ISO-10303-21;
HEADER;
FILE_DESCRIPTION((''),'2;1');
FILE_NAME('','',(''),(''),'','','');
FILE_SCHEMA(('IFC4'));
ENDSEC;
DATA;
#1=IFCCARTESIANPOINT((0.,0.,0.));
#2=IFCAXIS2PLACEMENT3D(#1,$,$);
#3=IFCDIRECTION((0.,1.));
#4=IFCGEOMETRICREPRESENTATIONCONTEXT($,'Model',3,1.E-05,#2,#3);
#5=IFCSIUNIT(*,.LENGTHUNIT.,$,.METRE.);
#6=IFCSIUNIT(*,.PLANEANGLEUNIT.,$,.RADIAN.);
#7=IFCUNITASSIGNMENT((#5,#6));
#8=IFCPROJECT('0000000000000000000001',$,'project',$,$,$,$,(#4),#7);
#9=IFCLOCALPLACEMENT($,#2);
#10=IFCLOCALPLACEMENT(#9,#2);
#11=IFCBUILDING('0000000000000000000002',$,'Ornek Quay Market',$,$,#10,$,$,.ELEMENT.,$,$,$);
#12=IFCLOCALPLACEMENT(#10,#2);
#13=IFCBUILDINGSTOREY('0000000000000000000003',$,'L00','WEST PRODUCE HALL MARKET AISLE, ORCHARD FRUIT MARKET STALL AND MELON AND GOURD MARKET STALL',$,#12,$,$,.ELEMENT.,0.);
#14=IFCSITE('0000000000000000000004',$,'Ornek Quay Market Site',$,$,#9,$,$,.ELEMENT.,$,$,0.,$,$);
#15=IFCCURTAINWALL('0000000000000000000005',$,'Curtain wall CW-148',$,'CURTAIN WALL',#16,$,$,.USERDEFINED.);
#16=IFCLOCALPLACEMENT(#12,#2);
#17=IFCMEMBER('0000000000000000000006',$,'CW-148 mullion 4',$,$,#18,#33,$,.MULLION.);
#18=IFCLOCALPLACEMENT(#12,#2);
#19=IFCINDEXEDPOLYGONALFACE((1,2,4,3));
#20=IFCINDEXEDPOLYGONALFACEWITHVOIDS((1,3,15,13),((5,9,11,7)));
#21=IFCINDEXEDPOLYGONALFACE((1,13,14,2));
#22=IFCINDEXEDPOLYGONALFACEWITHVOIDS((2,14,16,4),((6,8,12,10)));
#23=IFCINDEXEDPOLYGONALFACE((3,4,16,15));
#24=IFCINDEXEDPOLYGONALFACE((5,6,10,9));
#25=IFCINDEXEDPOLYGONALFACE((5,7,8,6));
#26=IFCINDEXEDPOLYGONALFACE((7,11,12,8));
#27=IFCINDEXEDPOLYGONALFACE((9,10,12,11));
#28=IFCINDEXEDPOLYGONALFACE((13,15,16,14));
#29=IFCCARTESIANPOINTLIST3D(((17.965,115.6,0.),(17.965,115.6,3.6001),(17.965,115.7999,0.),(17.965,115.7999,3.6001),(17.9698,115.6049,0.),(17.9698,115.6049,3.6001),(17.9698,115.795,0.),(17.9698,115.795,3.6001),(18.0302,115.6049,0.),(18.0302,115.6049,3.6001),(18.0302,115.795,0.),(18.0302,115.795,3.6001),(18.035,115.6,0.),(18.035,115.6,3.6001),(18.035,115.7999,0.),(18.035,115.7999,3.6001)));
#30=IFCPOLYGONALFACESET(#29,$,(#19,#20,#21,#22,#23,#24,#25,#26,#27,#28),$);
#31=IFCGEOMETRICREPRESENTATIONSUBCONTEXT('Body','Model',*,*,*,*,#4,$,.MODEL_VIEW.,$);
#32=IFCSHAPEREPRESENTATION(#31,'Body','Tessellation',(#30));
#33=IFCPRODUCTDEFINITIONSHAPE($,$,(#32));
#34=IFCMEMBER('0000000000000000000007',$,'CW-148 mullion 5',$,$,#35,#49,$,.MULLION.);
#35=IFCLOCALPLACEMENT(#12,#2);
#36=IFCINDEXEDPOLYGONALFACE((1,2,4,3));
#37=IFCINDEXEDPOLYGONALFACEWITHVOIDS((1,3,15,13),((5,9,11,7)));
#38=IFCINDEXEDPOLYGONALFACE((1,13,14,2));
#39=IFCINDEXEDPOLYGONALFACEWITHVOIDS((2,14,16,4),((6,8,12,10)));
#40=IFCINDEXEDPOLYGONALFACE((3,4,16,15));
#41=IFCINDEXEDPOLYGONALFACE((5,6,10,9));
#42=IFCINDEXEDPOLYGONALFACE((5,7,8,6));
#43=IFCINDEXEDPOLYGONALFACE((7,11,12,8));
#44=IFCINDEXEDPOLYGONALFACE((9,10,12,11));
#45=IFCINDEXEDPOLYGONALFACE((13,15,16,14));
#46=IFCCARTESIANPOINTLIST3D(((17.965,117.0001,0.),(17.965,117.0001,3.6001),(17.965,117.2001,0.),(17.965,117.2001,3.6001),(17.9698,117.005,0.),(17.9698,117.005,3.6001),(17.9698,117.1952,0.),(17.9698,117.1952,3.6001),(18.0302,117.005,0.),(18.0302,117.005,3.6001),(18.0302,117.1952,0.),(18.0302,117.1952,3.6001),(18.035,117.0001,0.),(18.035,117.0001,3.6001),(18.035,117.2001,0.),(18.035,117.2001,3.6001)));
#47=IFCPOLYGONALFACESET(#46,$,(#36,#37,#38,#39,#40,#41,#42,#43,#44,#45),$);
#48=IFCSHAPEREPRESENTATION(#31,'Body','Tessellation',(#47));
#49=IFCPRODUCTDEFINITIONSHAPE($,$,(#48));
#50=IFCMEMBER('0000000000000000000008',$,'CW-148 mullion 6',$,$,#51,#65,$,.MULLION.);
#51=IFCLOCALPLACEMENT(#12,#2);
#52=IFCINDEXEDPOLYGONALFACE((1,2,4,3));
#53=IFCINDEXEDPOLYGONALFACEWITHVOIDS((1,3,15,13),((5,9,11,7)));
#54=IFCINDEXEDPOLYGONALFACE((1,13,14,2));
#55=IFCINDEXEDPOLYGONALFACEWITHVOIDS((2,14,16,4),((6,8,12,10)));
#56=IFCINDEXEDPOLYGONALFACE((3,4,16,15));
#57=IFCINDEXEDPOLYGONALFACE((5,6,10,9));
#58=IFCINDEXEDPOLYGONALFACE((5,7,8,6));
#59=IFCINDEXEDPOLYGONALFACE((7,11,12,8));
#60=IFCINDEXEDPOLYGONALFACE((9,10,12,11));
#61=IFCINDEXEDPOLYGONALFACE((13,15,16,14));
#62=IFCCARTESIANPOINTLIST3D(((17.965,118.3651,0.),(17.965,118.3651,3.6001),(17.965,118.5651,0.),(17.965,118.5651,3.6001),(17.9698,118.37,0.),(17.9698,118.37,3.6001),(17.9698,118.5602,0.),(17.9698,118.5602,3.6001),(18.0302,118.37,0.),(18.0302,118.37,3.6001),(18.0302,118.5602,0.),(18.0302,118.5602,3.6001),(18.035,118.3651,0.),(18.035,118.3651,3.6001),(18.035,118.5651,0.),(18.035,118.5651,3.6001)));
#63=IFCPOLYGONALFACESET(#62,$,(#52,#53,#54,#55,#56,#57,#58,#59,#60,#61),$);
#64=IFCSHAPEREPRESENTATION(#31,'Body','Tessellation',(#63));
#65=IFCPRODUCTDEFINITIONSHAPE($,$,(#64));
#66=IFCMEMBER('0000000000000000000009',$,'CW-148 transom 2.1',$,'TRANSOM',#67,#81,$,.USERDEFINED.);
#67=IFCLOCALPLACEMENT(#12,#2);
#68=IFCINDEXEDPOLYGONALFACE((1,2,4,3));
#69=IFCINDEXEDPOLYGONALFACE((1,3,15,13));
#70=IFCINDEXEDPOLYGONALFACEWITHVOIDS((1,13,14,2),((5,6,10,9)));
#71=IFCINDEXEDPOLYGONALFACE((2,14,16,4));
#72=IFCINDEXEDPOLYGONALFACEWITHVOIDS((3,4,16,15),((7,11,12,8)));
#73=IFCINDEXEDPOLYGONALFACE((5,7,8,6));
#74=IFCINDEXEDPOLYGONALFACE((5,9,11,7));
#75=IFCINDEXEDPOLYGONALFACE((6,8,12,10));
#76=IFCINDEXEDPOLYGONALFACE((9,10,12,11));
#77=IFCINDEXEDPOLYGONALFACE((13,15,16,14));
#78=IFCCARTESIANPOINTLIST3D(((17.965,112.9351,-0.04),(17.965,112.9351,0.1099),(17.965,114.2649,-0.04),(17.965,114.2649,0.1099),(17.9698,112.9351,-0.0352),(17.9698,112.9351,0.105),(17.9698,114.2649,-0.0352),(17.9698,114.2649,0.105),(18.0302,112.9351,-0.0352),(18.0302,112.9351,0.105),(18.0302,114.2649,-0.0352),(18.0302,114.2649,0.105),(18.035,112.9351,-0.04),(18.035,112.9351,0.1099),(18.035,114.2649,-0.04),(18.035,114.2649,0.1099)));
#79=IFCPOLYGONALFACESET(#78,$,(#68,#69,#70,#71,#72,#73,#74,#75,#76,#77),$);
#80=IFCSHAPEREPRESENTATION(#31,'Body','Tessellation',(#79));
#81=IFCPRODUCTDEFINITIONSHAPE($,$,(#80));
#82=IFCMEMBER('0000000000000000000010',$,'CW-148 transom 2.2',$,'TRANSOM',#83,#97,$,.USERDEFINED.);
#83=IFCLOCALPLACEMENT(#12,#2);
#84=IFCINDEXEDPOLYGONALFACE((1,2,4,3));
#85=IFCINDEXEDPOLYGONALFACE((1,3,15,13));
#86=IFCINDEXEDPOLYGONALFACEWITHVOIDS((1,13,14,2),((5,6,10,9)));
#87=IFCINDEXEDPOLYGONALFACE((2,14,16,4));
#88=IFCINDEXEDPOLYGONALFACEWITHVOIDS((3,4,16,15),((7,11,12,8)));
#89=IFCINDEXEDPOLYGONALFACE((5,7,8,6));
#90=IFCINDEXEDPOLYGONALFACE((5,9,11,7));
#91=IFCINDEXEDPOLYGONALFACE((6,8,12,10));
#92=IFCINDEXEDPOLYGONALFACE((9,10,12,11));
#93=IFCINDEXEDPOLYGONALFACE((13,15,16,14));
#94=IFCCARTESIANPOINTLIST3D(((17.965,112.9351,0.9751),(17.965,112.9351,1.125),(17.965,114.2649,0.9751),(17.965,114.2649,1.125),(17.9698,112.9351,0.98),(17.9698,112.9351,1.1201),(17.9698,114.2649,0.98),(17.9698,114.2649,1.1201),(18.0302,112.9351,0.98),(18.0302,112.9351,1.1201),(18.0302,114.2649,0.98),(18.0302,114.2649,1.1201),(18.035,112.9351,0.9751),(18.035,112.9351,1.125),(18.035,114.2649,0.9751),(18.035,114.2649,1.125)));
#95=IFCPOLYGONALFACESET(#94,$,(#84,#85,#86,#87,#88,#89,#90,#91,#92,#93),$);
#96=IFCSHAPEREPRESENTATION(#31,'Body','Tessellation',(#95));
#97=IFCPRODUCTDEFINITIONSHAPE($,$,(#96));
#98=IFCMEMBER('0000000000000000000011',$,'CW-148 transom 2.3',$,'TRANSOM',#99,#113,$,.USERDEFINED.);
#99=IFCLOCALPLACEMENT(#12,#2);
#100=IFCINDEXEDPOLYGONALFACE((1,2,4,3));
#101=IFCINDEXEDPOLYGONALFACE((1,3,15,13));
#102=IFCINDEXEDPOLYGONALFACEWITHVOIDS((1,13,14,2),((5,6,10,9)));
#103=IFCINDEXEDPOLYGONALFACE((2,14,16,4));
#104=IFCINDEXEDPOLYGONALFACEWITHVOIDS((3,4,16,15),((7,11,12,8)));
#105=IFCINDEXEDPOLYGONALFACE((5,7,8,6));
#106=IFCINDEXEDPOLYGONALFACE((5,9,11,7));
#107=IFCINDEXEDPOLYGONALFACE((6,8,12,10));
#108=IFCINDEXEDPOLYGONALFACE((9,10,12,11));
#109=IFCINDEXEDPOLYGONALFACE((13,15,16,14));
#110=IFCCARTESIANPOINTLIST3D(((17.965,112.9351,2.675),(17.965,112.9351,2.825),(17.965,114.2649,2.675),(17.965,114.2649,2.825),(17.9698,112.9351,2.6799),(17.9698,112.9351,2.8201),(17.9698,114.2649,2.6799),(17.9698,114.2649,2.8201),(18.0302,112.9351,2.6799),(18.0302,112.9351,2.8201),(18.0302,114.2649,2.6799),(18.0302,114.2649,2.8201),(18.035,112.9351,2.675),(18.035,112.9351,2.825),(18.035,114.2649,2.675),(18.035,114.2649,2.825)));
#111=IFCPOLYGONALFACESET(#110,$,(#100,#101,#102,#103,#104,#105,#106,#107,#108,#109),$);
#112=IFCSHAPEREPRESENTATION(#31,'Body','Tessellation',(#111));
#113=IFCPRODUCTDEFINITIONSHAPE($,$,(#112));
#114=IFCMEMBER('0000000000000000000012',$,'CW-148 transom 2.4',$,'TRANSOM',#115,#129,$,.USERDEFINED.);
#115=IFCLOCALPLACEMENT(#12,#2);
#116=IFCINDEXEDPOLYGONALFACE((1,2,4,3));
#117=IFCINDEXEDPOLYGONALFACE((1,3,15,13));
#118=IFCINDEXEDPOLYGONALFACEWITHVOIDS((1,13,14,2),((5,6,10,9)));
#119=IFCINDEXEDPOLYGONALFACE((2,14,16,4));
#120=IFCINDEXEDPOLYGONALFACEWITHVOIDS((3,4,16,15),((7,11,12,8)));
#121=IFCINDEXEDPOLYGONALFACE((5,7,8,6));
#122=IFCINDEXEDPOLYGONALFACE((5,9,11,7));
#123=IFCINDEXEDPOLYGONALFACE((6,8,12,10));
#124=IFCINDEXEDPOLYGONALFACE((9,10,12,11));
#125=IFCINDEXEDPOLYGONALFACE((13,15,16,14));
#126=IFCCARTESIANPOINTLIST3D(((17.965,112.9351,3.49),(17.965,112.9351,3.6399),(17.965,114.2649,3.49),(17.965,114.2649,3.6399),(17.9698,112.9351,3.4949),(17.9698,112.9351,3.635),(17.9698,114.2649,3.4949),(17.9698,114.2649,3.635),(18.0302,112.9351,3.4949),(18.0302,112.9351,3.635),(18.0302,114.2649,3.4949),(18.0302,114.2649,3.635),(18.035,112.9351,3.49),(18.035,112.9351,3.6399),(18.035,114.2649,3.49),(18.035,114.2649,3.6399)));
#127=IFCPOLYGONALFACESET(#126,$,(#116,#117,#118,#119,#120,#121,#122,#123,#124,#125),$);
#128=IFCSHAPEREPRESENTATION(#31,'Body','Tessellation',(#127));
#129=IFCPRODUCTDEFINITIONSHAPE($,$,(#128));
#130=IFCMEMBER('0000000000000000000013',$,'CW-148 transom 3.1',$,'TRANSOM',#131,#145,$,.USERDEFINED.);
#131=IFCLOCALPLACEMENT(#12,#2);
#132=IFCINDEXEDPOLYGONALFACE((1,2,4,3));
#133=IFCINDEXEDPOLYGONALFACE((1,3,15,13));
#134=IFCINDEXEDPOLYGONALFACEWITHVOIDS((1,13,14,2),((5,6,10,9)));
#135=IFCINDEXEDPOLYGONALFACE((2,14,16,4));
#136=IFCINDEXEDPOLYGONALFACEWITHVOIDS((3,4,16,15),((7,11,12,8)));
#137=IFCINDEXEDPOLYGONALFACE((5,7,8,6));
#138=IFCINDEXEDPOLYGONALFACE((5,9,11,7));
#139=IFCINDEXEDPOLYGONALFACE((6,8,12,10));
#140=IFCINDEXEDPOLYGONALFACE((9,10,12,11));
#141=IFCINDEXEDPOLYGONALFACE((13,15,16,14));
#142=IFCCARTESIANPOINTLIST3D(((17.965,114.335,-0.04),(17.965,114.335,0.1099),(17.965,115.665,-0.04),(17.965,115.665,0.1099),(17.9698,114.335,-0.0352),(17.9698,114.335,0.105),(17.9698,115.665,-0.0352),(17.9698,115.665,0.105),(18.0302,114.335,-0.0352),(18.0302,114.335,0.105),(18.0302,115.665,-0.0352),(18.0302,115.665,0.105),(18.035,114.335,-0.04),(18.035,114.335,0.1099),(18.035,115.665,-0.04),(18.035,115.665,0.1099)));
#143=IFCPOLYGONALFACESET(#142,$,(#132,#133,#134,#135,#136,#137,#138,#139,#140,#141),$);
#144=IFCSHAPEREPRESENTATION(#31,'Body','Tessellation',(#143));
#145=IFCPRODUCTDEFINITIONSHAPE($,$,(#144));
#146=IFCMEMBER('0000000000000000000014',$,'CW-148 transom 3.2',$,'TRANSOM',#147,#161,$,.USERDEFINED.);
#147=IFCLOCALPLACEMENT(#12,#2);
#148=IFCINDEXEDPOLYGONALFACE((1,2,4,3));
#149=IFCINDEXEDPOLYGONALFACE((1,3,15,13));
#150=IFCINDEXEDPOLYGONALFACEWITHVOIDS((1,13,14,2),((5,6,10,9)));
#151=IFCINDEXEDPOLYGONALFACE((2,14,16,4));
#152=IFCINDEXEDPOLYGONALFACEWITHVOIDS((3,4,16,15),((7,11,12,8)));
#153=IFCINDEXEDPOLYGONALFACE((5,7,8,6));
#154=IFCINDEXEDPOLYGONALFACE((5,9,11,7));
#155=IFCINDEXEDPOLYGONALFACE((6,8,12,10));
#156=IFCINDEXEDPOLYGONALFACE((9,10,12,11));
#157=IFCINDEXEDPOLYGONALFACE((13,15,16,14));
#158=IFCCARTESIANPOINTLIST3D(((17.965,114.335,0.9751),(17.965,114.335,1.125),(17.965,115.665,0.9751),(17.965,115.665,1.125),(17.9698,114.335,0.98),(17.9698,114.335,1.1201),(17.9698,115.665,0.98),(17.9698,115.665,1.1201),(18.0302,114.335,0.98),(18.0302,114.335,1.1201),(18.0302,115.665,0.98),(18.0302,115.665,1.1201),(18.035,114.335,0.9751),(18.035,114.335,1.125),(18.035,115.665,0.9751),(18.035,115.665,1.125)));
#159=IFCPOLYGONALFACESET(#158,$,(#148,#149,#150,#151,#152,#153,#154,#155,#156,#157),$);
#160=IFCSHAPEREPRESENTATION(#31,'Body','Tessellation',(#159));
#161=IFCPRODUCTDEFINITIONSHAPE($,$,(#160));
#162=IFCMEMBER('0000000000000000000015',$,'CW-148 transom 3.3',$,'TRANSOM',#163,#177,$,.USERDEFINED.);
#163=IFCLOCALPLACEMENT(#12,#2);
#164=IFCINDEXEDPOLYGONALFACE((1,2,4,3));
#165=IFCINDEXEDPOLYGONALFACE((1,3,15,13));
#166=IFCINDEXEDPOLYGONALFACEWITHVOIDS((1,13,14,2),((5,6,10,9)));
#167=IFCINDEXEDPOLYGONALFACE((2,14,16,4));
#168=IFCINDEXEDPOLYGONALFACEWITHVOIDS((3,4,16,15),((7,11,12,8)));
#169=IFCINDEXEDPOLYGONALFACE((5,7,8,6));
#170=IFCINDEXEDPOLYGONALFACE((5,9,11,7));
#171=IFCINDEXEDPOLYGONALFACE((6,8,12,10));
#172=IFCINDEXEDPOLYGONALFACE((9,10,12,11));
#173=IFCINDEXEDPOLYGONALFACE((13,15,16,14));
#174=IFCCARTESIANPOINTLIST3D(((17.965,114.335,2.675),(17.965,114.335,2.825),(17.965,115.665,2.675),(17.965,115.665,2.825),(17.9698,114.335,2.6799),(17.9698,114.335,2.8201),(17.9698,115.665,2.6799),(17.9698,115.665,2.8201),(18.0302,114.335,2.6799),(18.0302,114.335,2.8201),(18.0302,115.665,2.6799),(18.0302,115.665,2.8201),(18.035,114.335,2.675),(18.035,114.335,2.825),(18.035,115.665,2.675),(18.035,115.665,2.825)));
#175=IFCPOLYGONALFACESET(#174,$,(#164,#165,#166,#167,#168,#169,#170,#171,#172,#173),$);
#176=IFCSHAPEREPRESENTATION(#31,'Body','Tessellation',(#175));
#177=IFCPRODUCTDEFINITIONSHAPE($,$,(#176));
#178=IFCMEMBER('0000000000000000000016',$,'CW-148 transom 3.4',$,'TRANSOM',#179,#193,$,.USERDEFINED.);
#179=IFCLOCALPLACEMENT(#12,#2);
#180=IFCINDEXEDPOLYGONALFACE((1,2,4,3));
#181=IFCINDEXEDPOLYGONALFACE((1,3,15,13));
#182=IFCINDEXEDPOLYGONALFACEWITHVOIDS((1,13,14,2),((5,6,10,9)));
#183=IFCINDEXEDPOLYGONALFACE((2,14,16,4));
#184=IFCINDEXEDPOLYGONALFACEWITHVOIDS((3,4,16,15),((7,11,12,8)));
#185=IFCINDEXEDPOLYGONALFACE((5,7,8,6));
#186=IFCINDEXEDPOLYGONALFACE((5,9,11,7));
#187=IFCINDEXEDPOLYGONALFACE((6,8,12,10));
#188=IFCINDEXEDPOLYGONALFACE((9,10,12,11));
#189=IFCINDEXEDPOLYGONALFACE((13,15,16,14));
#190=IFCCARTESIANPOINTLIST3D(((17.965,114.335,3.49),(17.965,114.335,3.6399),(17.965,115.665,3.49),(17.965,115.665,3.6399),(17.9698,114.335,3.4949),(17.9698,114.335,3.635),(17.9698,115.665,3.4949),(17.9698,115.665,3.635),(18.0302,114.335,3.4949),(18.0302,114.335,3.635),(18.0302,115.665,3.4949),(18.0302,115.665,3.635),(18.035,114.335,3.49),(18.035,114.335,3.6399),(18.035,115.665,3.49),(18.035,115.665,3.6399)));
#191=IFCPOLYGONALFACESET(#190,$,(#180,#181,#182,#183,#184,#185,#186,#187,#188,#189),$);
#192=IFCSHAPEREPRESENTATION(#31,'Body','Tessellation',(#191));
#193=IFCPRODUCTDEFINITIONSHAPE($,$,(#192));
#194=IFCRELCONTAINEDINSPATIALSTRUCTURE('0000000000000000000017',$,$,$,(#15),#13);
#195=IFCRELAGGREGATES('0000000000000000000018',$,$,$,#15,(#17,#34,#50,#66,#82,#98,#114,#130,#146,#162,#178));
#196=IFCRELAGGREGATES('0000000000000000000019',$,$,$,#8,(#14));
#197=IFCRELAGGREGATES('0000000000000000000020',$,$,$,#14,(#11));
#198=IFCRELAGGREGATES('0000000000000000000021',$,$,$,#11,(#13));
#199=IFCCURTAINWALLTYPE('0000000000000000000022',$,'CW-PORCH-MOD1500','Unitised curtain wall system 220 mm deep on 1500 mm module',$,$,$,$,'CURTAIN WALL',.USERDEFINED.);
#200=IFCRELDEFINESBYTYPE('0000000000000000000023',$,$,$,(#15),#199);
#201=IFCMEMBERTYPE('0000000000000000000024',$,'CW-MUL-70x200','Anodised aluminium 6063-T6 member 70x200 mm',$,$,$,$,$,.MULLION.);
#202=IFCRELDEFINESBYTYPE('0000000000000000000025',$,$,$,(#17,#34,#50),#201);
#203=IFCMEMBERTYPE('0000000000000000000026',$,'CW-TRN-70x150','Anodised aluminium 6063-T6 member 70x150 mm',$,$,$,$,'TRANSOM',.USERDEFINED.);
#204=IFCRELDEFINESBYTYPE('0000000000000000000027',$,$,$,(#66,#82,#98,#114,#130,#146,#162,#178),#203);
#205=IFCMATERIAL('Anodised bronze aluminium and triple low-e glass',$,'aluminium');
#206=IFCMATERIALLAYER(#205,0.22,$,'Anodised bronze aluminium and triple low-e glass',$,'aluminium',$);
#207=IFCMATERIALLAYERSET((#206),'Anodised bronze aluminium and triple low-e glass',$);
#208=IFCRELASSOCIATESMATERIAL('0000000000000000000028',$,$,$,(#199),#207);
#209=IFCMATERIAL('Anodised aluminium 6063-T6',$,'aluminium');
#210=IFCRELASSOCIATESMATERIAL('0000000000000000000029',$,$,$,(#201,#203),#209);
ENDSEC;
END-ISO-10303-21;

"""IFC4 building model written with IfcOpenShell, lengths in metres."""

from ifc_helpers import new_model, si_unit, direction, frame, origin, origin_2d, place, context, subcontext, project, spatial, hollow_rectangle, extrude, material, layer, layer_set, material_profile, profile_set, type_object, element, aggregate, save


model = new_model("IFC4")

# Units and contexts
model_context = context("Model", 3, precision=1e-05, world=origin(), true_north=direction((0.0, 1.0)))
body_context = subcontext(model_context, "Body", "Model", "MODEL_VIEW")
ifc_project = project(units=[si_unit("LENGTHUNIT", "METRE"), si_unit("PLANEANGLEUNIT", "RADIAN")], contexts=[model_context])

# Site, building, storey
site_placement = place(None, origin())
site = spatial("IfcSite", under=ifc_project, at=site_placement, Name="Ornek Quay Market Site", CompositionType="ELEMENT", RefElevation=0.0)
building_placement = place(site_placement, origin())
building = spatial("IfcBuilding", under=site, at=building_placement, Name="Ornek Quay Market", CompositionType="ELEMENT")
storey_placement = place(building_placement, origin())
storey = spatial("IfcBuildingStorey", under=building, at=storey_placement, Name="L00", Description="WEST PRODUCE HALL MARKET AISLE, ORCHARD FRUIT MARKET STALL AND MELON AND GOURD MARKET STALL", CompositionType="ELEMENT", Elevation=0.0)

# Curtain wall, members
ifc_material_1 = material(Name="Anodised bronze aluminium and triple low-e glass", Category="aluminium")
ifc_layer_1 = layer(ifc_material_1, 0.22, Name="Anodised bronze aluminium and triple low-e glass", Category="aluminium")
ifc_layer_set_1 = layer_set([ifc_layer_1], Name="Anodised bronze aluminium and triple low-e glass")
curtain_wall_type = type_object("IfcCurtainWallType", Name="CW-PORCH-MOD1500", Description="Unitised curtain wall system 220 mm deep on 1500 mm module", ElementType="CURTAIN WALL", PredefinedType="USERDEFINED", material=ifc_layer_set_1)
curtain_wall_placement = place(storey_placement, origin())
curtain_wall = element("IfcCurtainWall", 1, at=curtain_wall_placement, inside=storey, type_object=curtain_wall_type, Name="Curtain wall CW-148", ObjectType="CURTAIN WALL", PredefinedType="USERDEFINED")
ifc_material_2 = material(Name="Anodised aluminium 6063-T6", Category="aluminium")
ifc_material_profile_1 = material_profile(ifc_material_2, hollow_rectangle(XDim=0.0701, YDim=0.2, WallThickness=0.0049, at=origin_2d()), Name="CW-MUL-70x200", Category="aluminium")
ifc_profile_set_1 = profile_set([ifc_material_profile_1], Name="Anodised aluminium 6063-T6")
member_type_1 = type_object("IfcMemberType", Name="CW-MUL-70x200", Description="Anodised aluminium 6063-T6 member 70x200 mm", PredefinedType="MULLION", material=ifc_profile_set_1)
member_1_placement = place(storey_placement, frame((18.0, 115.7, 0.0), z_axis=(0.0, 0.0, 1.0), x_axis=(-1.0, 0.0, 0.0)))
member_1 = element("IfcMember", 2, at=member_1_placement, type_object=member_type_1, Name="CW-148 mullion 4", PredefinedType="MULLION", context=body_context, shape_type="SweptSolid", body=[
    extrude(hollow_rectangle(XDim=0.0701, YDim=0.2, WallThickness=0.0049, at=origin_2d()), origin(), (0.0, 0.0, 1.0), 3.6001),
])
member_2_placement = place(storey_placement, frame((18.0, 117.1001, 0.0), z_axis=(0.0, 0.0, 1.0), x_axis=(-1.0, 0.0, 0.0)))
member_2 = element("IfcMember", 3, at=member_2_placement, type_object=member_type_1, Name="CW-148 mullion 5", PredefinedType="MULLION", context=body_context, shape_type="SweptSolid", body=[
    extrude(hollow_rectangle(XDim=0.0701, YDim=0.2, WallThickness=0.0049, at=origin_2d()), origin(), (0.0, 0.0, 1.0), 3.6001),
])
member_3_placement = place(storey_placement, frame((18.0, 118.4651, 0.0), z_axis=(0.0, 0.0, 1.0), x_axis=(-1.0, 0.0, 0.0)))
member_3 = element("IfcMember", 4, at=member_3_placement, type_object=member_type_1, Name="CW-148 mullion 6", PredefinedType="MULLION", context=body_context, shape_type="SweptSolid", body=[
    extrude(hollow_rectangle(XDim=0.0701, YDim=0.2, WallThickness=0.0049, at=origin_2d()), origin(), (0.0, 0.0, 1.0), 3.6001),
])
ifc_material_profile_2 = material_profile(ifc_material_2, hollow_rectangle(XDim=0.0701, YDim=0.1499, WallThickness=0.0049, at=origin_2d()), Name="CW-TRN-70x150", Category="aluminium")
ifc_profile_set_2 = profile_set([ifc_material_profile_2], Name="Anodised aluminium 6063-T6")
member_type_2 = type_object("IfcMemberType", Name="CW-TRN-70x150", Description="Anodised aluminium 6063-T6 member 70x150 mm", ElementType="TRANSOM", PredefinedType="USERDEFINED", material=ifc_profile_set_2)
member_4_placement = place(storey_placement, frame((18.0, 112.9351, 0.0349), z_axis=(0.0, 1.0, 0.0), x_axis=(-1.0, 0.0, 0.0)))
member_4 = element("IfcMember", 5, at=member_4_placement, type_object=member_type_2, Name="CW-148 transom 2.1", ObjectType="TRANSOM", PredefinedType="USERDEFINED", context=body_context, shape_type="SweptSolid", body=[
    extrude(hollow_rectangle(XDim=0.0701, YDim=0.1499, WallThickness=0.0049, at=origin_2d()), origin(), (0.0, 0.0, 1.0), 1.3298),
])
member_5_placement = place(storey_placement, frame((18.0, 112.9351, 1.05), z_axis=(0.0, 1.0, 0.0), x_axis=(-1.0, 0.0, 0.0)))
member_5 = element("IfcMember", 6, at=member_5_placement, type_object=member_type_2, Name="CW-148 transom 2.2", ObjectType="TRANSOM", PredefinedType="USERDEFINED", context=body_context, shape_type="SweptSolid", body=[
    extrude(hollow_rectangle(XDim=0.0701, YDim=0.1499, WallThickness=0.0049, at=origin_2d()), origin(), (0.0, 0.0, 1.0), 1.3298),
])
member_6_placement = place(storey_placement, frame((18.0, 112.9351, 2.75), z_axis=(0.0, 1.0, 0.0), x_axis=(-1.0, 0.0, 0.0)))
member_6 = element("IfcMember", 7, at=member_6_placement, type_object=member_type_2, Name="CW-148 transom 2.3", ObjectType="TRANSOM", PredefinedType="USERDEFINED", context=body_context, shape_type="SweptSolid", body=[
    extrude(hollow_rectangle(XDim=0.0701, YDim=0.1499, WallThickness=0.0049, at=origin_2d()), origin(), (0.0, 0.0, 1.0), 1.3298),
])
member_7_placement = place(storey_placement, frame((18.0, 112.9351, 3.5649), z_axis=(0.0, 1.0, 0.0), x_axis=(-1.0, 0.0, 0.0)))
member_7 = element("IfcMember", 8, at=member_7_placement, type_object=member_type_2, Name="CW-148 transom 2.4", ObjectType="TRANSOM", PredefinedType="USERDEFINED", context=body_context, shape_type="SweptSolid", body=[
    extrude(hollow_rectangle(XDim=0.0701, YDim=0.1499, WallThickness=0.0049, at=origin_2d()), origin(), (0.0, 0.0, 1.0), 1.3298),
])
member_8_placement = place(storey_placement, frame((18.0, 114.335, 0.0349), z_axis=(0.0, 1.0, 0.0), x_axis=(-1.0, 0.0, 0.0)))
member_8 = element("IfcMember", 9, at=member_8_placement, type_object=member_type_2, Name="CW-148 transom 3.1", ObjectType="TRANSOM", PredefinedType="USERDEFINED", context=body_context, shape_type="SweptSolid", body=[
    extrude(hollow_rectangle(XDim=0.0701, YDim=0.1499, WallThickness=0.0049, at=origin_2d()), origin(), (0.0, 0.0, 1.0), 1.3301),
])
member_9_placement = place(storey_placement, frame((18.0, 114.335, 1.05), z_axis=(0.0, 1.0, 0.0), x_axis=(-1.0, 0.0, 0.0)))
member_9 = element("IfcMember", 10, at=member_9_placement, type_object=member_type_2, Name="CW-148 transom 3.2", ObjectType="TRANSOM", PredefinedType="USERDEFINED", context=body_context, shape_type="SweptSolid", body=[
    extrude(hollow_rectangle(XDim=0.0701, YDim=0.1499, WallThickness=0.0049, at=origin_2d()), origin(), (0.0, 0.0, 1.0), 1.3301),
])
member_10_placement = place(storey_placement, frame((18.0, 114.335, 2.75), z_axis=(0.0, 1.0, 0.0), x_axis=(-1.0, 0.0, 0.0)))
member_10 = element("IfcMember", 11, at=member_10_placement, type_object=member_type_2, Name="CW-148 transom 3.3", ObjectType="TRANSOM", PredefinedType="USERDEFINED", context=body_context, shape_type="SweptSolid", body=[
    extrude(hollow_rectangle(XDim=0.0701, YDim=0.1499, WallThickness=0.0049, at=origin_2d()), origin(), (0.0, 0.0, 1.0), 1.3301),
])
member_11_placement = place(storey_placement, frame((18.0, 114.335, 3.5649), z_axis=(0.0, 1.0, 0.0), x_axis=(-1.0, 0.0, 0.0)))
member_11 = element("IfcMember", 12, at=member_11_placement, type_object=member_type_2, Name="CW-148 transom 3.4", ObjectType="TRANSOM", PredefinedType="USERDEFINED", context=body_context, shape_type="SweptSolid", body=[
    extrude(hollow_rectangle(XDim=0.0701, YDim=0.1499, WallThickness=0.0049, at=origin_2d()), origin(), (0.0, 0.0, 1.0), 1.3301),
])
aggregate(curtain_wall, [member_1, member_2, member_3, member_4, member_5, member_6, member_7, member_8, member_9, member_10, member_11])

save(model, "model.ifc")
